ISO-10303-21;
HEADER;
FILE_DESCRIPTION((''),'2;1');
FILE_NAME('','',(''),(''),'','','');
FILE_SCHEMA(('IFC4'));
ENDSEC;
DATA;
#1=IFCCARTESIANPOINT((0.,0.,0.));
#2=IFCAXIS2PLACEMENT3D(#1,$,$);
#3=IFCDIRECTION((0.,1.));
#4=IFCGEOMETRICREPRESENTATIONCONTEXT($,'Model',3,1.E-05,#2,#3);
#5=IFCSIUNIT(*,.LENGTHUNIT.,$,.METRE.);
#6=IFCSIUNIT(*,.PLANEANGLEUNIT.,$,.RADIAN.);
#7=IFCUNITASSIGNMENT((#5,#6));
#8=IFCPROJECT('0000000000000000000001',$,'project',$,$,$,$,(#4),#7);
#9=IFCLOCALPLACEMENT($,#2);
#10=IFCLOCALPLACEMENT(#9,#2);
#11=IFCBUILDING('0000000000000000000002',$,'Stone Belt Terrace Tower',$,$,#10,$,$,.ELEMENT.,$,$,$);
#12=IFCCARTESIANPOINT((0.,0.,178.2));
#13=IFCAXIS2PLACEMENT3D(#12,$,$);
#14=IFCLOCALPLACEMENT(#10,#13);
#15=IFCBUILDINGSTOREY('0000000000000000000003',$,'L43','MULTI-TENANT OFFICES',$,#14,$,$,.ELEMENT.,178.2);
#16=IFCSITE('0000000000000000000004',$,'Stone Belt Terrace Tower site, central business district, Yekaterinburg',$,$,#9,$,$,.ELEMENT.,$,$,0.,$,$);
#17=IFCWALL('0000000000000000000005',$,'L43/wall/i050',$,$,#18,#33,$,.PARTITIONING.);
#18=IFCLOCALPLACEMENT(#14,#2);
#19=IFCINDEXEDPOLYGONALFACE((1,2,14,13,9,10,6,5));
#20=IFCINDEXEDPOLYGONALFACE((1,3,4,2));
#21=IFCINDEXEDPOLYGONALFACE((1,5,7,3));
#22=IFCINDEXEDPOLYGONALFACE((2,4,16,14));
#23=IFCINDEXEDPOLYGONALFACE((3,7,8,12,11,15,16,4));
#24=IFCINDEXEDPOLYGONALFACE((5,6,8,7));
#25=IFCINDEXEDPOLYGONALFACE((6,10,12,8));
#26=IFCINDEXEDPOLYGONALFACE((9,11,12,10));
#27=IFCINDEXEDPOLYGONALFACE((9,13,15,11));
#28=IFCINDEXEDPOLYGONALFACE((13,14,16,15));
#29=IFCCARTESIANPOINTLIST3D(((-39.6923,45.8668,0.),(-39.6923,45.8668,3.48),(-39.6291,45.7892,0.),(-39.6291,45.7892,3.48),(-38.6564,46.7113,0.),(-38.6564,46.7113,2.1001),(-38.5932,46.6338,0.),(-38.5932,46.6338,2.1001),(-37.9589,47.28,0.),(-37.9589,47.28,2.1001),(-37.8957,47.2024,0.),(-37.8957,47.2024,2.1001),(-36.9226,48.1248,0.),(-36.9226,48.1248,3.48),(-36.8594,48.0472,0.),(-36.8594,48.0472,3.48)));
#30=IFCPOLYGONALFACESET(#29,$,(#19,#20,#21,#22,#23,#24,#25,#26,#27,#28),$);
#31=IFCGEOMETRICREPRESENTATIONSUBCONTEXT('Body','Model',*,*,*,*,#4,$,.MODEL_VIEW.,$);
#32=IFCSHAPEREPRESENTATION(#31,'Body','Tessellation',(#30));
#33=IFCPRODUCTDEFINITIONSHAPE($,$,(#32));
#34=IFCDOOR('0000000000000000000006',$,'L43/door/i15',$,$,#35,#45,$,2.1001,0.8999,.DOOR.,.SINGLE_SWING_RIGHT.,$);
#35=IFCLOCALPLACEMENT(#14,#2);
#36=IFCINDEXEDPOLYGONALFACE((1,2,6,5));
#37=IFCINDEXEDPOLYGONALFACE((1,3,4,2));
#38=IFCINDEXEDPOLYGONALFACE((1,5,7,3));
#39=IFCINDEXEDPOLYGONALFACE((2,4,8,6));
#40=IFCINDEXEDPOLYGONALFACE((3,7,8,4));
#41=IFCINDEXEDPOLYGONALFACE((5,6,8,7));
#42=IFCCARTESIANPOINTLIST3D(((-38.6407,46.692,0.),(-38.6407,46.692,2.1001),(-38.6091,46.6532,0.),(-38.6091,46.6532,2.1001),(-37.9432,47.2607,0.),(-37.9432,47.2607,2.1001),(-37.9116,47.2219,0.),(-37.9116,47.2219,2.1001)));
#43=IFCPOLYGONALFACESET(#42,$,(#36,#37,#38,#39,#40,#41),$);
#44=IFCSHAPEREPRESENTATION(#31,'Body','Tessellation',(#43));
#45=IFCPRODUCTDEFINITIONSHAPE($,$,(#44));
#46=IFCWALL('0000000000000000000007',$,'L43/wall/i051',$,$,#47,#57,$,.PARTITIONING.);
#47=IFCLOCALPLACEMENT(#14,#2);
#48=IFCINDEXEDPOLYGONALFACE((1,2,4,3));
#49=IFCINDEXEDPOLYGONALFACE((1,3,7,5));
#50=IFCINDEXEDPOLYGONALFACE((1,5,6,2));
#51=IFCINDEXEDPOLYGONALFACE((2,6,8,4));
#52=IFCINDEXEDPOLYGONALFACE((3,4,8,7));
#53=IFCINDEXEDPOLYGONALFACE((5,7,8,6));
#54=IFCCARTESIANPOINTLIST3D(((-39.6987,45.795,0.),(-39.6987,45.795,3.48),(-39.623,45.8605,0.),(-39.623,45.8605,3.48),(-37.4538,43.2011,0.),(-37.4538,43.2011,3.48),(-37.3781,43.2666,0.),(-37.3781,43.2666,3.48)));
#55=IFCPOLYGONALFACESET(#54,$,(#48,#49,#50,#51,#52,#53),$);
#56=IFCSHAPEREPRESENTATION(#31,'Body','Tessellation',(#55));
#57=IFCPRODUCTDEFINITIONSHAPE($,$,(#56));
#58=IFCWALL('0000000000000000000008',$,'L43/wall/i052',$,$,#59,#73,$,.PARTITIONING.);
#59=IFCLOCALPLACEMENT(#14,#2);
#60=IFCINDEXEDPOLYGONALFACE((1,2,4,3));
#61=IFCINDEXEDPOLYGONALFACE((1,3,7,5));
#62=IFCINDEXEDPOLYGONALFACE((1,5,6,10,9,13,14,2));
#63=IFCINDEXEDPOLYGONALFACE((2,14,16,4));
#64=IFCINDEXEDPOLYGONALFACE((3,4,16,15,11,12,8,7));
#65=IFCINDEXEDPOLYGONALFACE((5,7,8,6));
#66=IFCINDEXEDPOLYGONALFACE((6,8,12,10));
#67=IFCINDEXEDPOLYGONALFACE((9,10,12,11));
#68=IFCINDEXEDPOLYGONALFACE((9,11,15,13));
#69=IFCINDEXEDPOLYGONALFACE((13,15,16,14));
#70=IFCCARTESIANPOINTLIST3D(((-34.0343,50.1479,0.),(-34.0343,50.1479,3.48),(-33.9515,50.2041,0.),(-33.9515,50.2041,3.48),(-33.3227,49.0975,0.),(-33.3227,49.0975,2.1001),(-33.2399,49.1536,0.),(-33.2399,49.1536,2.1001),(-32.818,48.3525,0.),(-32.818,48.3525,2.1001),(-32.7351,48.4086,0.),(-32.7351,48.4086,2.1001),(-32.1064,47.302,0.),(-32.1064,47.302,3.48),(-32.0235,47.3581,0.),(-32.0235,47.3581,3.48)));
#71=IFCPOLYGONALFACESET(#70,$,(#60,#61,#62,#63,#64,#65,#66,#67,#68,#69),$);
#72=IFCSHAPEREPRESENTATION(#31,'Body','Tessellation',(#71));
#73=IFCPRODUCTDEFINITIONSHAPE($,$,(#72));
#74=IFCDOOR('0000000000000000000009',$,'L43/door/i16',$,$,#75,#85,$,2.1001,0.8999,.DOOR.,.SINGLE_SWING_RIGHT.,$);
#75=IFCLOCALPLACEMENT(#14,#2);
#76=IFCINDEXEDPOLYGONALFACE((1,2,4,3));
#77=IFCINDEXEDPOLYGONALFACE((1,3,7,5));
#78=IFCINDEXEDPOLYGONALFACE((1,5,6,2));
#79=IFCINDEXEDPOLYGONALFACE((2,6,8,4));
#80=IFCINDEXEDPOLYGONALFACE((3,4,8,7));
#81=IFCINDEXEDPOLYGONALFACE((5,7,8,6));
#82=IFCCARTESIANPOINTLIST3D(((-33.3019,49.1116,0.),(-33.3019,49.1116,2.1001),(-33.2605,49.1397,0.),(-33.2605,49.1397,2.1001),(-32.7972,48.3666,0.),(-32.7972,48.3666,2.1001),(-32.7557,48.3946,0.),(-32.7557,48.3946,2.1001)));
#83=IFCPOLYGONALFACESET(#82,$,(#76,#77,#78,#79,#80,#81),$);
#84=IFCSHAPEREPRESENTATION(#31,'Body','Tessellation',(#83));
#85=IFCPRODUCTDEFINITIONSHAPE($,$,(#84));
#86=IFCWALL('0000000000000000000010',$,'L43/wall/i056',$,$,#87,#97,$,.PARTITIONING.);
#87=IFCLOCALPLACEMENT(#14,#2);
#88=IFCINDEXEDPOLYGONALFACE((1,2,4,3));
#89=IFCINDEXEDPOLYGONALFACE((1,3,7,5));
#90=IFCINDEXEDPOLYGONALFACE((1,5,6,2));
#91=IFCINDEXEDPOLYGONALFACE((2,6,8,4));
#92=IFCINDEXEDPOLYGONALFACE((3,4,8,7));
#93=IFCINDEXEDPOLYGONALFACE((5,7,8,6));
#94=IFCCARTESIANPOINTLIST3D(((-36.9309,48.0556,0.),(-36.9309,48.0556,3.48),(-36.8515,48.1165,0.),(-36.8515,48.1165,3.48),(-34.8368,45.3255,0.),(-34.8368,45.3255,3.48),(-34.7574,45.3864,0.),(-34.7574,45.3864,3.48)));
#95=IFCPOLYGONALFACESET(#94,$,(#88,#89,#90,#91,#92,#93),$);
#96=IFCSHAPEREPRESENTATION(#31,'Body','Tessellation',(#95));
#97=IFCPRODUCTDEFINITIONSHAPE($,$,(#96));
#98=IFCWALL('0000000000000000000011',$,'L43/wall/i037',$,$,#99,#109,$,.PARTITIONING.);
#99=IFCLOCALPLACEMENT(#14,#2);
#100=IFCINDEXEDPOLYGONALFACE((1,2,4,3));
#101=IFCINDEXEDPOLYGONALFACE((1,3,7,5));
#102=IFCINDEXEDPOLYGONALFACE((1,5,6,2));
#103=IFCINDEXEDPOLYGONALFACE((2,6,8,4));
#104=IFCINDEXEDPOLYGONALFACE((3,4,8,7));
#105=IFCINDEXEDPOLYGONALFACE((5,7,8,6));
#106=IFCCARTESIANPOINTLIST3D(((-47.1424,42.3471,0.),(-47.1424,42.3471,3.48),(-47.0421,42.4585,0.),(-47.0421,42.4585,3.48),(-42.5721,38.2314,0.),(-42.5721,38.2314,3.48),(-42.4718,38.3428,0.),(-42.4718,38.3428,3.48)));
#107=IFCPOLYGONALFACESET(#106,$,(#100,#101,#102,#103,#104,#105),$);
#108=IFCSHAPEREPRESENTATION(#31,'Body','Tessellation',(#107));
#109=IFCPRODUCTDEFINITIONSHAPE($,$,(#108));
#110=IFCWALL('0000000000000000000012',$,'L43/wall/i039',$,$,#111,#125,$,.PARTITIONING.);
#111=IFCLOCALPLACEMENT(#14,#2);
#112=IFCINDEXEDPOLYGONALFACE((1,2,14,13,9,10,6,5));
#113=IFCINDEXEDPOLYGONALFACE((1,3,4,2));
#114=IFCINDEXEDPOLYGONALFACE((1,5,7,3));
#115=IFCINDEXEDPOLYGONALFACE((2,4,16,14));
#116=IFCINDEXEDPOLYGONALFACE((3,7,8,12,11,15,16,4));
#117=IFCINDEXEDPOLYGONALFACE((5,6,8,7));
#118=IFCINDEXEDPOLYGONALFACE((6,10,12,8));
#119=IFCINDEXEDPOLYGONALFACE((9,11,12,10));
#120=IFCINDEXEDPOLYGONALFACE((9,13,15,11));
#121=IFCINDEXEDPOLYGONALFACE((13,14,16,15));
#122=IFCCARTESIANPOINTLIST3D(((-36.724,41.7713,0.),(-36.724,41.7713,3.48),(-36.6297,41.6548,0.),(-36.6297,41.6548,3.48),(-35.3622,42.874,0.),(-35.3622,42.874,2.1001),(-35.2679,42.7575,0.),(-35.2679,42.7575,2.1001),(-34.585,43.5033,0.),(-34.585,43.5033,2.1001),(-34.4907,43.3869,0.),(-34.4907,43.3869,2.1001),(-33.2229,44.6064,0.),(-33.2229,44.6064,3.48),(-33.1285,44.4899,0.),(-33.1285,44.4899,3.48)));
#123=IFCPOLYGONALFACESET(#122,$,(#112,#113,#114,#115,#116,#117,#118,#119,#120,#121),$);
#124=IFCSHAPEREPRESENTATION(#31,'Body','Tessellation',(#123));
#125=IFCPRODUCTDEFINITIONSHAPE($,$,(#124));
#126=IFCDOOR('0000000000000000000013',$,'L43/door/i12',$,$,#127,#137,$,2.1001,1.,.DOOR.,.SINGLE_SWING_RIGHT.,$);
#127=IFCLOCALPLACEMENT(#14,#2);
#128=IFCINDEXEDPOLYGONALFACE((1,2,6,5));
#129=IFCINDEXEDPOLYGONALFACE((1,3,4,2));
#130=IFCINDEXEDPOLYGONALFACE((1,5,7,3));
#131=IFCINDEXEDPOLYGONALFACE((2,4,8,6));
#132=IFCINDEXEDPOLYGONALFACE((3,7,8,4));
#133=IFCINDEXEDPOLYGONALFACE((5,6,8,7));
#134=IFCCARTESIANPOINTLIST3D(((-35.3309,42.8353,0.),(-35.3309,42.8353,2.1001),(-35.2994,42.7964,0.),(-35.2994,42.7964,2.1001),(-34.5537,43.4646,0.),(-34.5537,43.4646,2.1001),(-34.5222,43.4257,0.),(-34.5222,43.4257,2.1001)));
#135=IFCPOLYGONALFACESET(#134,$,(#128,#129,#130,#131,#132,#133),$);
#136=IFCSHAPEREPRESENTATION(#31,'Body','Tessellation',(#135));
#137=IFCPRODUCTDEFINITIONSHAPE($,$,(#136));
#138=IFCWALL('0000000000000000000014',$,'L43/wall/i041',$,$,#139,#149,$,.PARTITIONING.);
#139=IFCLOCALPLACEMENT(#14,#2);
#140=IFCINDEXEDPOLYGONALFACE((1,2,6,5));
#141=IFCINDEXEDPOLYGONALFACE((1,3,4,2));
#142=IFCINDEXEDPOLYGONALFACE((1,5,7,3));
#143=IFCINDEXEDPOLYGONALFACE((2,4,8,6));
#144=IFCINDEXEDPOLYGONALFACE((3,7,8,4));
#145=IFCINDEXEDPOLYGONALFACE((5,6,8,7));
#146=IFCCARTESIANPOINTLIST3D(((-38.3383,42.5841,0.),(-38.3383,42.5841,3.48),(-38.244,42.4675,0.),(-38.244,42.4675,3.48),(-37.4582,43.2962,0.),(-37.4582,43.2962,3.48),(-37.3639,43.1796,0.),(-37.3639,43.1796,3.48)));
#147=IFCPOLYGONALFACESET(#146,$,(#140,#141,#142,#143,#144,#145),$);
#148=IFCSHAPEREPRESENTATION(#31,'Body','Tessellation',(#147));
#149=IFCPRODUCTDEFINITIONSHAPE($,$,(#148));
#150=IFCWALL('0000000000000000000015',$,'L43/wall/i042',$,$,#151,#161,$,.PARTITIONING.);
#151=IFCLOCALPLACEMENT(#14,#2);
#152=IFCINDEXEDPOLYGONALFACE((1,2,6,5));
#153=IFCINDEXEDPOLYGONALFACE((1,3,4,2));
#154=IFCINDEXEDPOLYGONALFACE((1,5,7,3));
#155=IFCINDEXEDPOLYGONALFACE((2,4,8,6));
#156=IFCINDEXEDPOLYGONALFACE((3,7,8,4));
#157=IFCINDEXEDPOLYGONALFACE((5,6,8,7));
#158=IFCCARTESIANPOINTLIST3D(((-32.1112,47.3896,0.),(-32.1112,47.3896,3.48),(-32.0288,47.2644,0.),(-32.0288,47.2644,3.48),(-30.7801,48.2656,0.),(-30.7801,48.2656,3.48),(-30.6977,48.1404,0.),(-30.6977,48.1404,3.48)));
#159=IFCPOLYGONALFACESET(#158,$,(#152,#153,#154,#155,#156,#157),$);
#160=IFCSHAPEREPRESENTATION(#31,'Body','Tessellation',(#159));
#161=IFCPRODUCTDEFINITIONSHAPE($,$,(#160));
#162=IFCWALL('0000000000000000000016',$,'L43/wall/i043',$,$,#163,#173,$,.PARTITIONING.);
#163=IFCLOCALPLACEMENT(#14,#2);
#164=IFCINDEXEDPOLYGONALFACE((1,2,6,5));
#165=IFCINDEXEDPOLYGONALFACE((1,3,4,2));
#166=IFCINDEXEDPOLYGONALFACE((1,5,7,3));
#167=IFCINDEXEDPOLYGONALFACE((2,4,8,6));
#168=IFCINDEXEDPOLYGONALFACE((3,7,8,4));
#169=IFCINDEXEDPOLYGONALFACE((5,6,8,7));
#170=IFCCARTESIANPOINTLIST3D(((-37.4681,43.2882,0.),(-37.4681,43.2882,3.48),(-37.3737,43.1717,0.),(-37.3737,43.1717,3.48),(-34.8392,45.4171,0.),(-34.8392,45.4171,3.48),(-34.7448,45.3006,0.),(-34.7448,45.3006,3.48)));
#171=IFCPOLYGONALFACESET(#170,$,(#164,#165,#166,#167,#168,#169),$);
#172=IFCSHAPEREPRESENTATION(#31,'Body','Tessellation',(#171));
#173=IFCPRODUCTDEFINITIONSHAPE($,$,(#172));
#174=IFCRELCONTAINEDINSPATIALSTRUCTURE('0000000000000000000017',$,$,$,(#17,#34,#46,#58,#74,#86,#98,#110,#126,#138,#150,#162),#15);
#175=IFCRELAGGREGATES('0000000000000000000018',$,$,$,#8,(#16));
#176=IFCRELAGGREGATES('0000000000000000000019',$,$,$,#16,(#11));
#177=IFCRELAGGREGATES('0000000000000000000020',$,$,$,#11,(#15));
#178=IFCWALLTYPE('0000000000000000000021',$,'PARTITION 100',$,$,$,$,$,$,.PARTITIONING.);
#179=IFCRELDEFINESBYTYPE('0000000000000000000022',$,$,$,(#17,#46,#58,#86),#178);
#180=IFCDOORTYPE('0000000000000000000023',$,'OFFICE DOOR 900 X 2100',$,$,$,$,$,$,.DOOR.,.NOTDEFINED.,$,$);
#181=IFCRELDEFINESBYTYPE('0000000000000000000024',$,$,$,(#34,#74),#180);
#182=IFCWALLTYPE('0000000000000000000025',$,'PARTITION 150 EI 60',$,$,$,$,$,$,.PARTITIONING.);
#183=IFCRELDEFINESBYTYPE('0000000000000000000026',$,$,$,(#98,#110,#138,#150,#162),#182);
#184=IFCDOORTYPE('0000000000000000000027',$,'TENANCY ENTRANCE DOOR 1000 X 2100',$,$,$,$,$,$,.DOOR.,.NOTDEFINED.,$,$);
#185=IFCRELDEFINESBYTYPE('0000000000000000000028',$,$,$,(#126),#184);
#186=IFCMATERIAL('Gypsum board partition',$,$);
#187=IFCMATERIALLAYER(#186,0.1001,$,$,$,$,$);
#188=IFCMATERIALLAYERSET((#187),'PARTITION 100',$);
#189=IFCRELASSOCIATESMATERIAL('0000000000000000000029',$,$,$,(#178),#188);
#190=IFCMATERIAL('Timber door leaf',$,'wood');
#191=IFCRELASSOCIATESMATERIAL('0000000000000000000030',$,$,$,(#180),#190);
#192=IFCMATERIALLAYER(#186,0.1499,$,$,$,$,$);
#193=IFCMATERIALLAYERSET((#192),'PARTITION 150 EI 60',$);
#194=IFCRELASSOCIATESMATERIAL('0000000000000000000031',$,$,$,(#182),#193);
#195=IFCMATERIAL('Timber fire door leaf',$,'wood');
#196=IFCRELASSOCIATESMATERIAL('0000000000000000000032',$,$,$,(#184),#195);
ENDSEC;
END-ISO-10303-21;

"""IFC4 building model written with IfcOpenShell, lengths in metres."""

from ifc_helpers import new_model, si_unit, direction, frame, frame_2d, origin, place, context, subcontext, project, spatial, rectangle, extrude, material, layer, layer_set, type_object, element, fill, save


model = new_model("IFC4")

# Units and contexts
model_context = context("Model", 3, precision=1e-05, world=origin(), true_north=direction((0.0, 1.0)))
body_context = subcontext(model_context, "Body", "Model", "MODEL_VIEW")
ifc_project = project(units=[si_unit("LENGTHUNIT", "METRE"), si_unit("PLANEANGLEUNIT", "RADIAN")], contexts=[model_context])

# Site, building, storey
site_placement = place(None, origin())
site = spatial("IfcSite", under=ifc_project, at=site_placement, Name="Stone Belt Terrace Tower site, central business district, Yekaterinburg", CompositionType="ELEMENT", RefElevation=0.0)
building_placement = place(site_placement, origin())
building = spatial("IfcBuilding", under=site, at=building_placement, Name="Stone Belt Terrace Tower", CompositionType="ELEMENT")
storey_placement = place(building_placement, frame((0.0, 0.0, 178.2)))
storey = spatial("IfcBuildingStorey", under=building, at=storey_placement, Name="L43", Description="MULTI-TENANT OFFICES", CompositionType="ELEMENT", Elevation=178.2)

# Wall, opening, door
ifc_material_1 = material(Name="Gypsum board partition")
ifc_layer_1 = layer(ifc_material_1, 0.1001)
ifc_layer_set_1 = layer_set([ifc_layer_1], Name="PARTITION 100")
wall_type_1 = type_object("IfcWallType", Name="PARTITION 100", PredefinedType="PARTITIONING", material=ifc_layer_set_1)
wall_1_placement = place(storey_placement, frame((-36.8911, 48.0859, 0.0), z_axis=(0.0, 0.0, 1.0), x_axis=(-0.77507, -0.631875, 0.0)))
wall_1 = element("IfcWall", 1, at=wall_1_placement, inside=storey, type_object=wall_type_1, Name="L43/wall/i050", PredefinedType="PARTITIONING", context=body_context, shape_type="SweptSolid", body=[
    extrude(rectangle(XDim=3.5735, YDim=0.1001, at=frame_2d((1.7866, 0.0))), origin(), (0.0, 0.0, 1.0), 3.48),
])
opening_1_placement = place(wall_1_placement, frame((1.3369, 0.0, 0.0)))
opening_1 = element("IfcOpeningElement", 2, at=opening_1_placement, cuts=wall_1, PredefinedType="OPENING", context=body_context, shape_type="SweptSolid", body=[
    extrude(rectangle(XDim=0.8999, YDim=2.1001, at=frame_2d((0.45, 1.05))), frame((0.0, 0.0601, 0.0), z_axis=(0.0, -1.0, 0.0), x_axis=(1.0, 0.0, 0.0)), (0.0, 0.0, 1.0), 0.1201),
])
ifc_material_2 = material(Name="Timber door leaf", Category="wood")
door_type_1 = type_object("IfcDoorType", Name="OFFICE DOOR 900 X 2100", OperationType="NOTDEFINED", PredefinedType="DOOR", material=ifc_material_2)
door_1_placement = place(opening_1_placement, origin())
door_1 = element("IfcDoor", 3, at=door_1_placement, inside=storey, type_object=door_type_1, Name="L43/door/i15", OperationType="SINGLE_SWING_RIGHT", OverallHeight=2.1001, OverallWidth=0.8999, PredefinedType="DOOR", context=body_context, shape_type="SweptSolid", body=[
    extrude(rectangle(XDim=0.8999, YDim=2.1001, at=frame_2d((0.45, 1.05))), frame((0.0, 0.0249, 0.0), z_axis=(0.0, -1.0, 0.0), x_axis=(1.0, 0.0, 0.0)), (0.0, 0.0, 1.0), 0.05),
])
fill(opening_1, door_1)

# Wall
wall_2_placement = place(storey_placement, frame((-39.6609, 45.8279, 0.0), z_axis=(0.0, 0.0, 1.0), x_axis=(0.654388, -0.756159, 0.0)))
element("IfcWall", 4, at=wall_2_placement, inside=storey, type_object=wall_type_1, Name="L43/wall/i051", PredefinedType="PARTITIONING", context=body_context, shape_type="SweptSolid", body=[
    extrude(rectangle(XDim=3.4304, YDim=0.1001, at=frame_2d((1.7153, 0.0))), origin(), (0.0, 0.0, 1.0), 3.48),
])

# Wall, opening, door
wall_3_placement = place(storey_placement, frame((-32.0649, 47.3301, 0.0), z_axis=(0.0, 0.0, 1.0), x_axis=(-0.560864, 0.827908, 0.0)))
wall_3 = element("IfcWall", 5, at=wall_3_placement, inside=storey, type_object=wall_type_1, Name="L43/wall/i052", PredefinedType="PARTITIONING", context=body_context, shape_type="SweptSolid", body=[
    extrude(rectangle(XDim=3.4375, YDim=0.1001, at=frame_2d((1.7188, 0.0))), origin(), (0.0, 0.0, 1.0), 3.48),
])
opening_2_placement = place(wall_3_placement, frame((1.2688, 0.0, 0.0)))
opening_2 = element("IfcOpeningElement", 6, at=opening_2_placement, cuts=wall_3, PredefinedType="OPENING", context=body_context, shape_type="SweptSolid", body=[
    extrude(rectangle(XDim=0.8999, YDim=2.1001, at=frame_2d((0.45, 1.05))), frame((0.0, 0.0601, 0.0), z_axis=(0.0, -1.0, 0.0), x_axis=(1.0, 0.0, 0.0)), (0.0, 0.0, 1.0), 0.1201),
])
door_2_placement = place(opening_2_placement, origin())
door_2 = element("IfcDoor", 7, at=door_2_placement, inside=storey, type_object=door_type_1, Name="L43/door/i16", OperationType="SINGLE_SWING_RIGHT", OverallHeight=2.1001, OverallWidth=0.8999, PredefinedType="DOOR", context=body_context, shape_type="SweptSolid", body=[
    extrude(rectangle(XDim=0.8999, YDim=2.1001, at=frame_2d((0.45, 1.05))), frame((0.0, 0.0249, 0.0), z_axis=(0.0, -1.0, 0.0), x_axis=(1.0, 0.0, 0.0)), (0.0, 0.0, 1.0), 0.05),
])
fill(opening_2, door_2)

# Walls
wall_4_placement = place(storey_placement, frame((-36.8911, 48.0859, 0.0), z_axis=(0.0, 0.0, 1.0), x_axis=(0.608616, -0.793465, 0.0)))
element("IfcWall", 8, at=wall_4_placement, inside=storey, type_object=wall_type_1, Name="L43/wall/i056", PredefinedType="PARTITIONING", context=body_context, shape_type="SweptSolid", body=[
    extrude(rectangle(XDim=3.4407, YDim=0.1001, at=frame_2d((1.7202, 0.0))), origin(), (0.0, 0.0, 1.0), 3.48),
])
ifc_layer_2 = layer(ifc_material_1, 0.1499)
ifc_layer_set_2 = layer_set([ifc_layer_2], Name="PARTITION 150 EI 60")
wall_type_2 = type_object("IfcWallType", Name="PARTITION 150 EI 60", PredefinedType="PARTITIONING", material=ifc_layer_set_2)
wall_5_placement = place(storey_placement, frame((-47.0923, 42.4028, 0.0), z_axis=(0.0, 0.0, 1.0), x_axis=(0.743097, -0.669184, 0.0)))
element("IfcWall", 9, at=wall_5_placement, inside=storey, type_object=wall_type_2, Name="L43/wall/i037", PredefinedType="PARTITIONING", context=body_context, shape_type="SweptSolid", body=[
    extrude(rectangle(XDim=6.1504, YDim=0.1499, at=frame_2d((3.0752, 0.0))), origin(), (0.0, 0.0, 1.0), 3.48),
])

# Wall, opening, door
wall_6_placement = place(storey_placement, frame((-33.1758, 44.5481, 0.0), z_axis=(0.0, 0.0, 1.0), x_axis=(-0.777149, -0.629317, 0.0)))
wall_6 = element("IfcWall", 10, at=wall_6_placement, inside=storey, type_object=wall_type_2, Name="L43/wall/i039", PredefinedType="PARTITIONING", context=body_context, shape_type="SweptSolid", body=[
    extrude(rectangle(XDim=4.5051, YDim=0.1499, at=frame_2d((2.2524, 0.0))), origin(), (0.0, 0.0, 1.0), 3.48),
])
opening_3_placement = place(wall_6_placement, frame((1.7527, 0.0, 0.0)))
opening_3 = element("IfcOpeningElement", 11, at=opening_3_placement, cuts=wall_6, PredefinedType="OPENING", context=body_context, shape_type="SweptSolid", body=[
    extrude(rectangle(XDim=1.0, YDim=2.1001, at=frame_2d((0.5, 1.05))), frame((0.0, 0.085, 0.0), z_axis=(0.0, -1.0, 0.0), x_axis=(1.0, 0.0, 0.0)), (0.0, 0.0, 1.0), 0.1699),
])
ifc_material_3 = material(Name="Timber fire door leaf", Category="wood")
door_type_2 = type_object("IfcDoorType", Name="TENANCY ENTRANCE DOOR 1000 X 2100", OperationType="NOTDEFINED", PredefinedType="DOOR", material=ifc_material_3)
door_3_placement = place(opening_3_placement, origin())
door_3 = element("IfcDoor", 12, at=door_3_placement, inside=storey, type_object=door_type_2, Name="L43/door/i12", OperationType="SINGLE_SWING_RIGHT", OverallHeight=2.1001, OverallWidth=1.0, PredefinedType="DOOR", context=body_context, shape_type="SweptSolid", body=[
    extrude(rectangle(XDim=1.0, YDim=2.1001, at=frame_2d((0.5, 1.05))), frame((0.0, 0.0249, 0.0), z_axis=(0.0, -1.0, 0.0), x_axis=(1.0, 0.0, 0.0)), (0.0, 0.0, 1.0), 0.05),
])
fill(opening_3, door_3)

# Walls
wall_7_placement = place(storey_placement, frame((-38.291, 42.5259, 0.0), z_axis=(0.0, 0.0, 1.0), x_axis=(0.777385, 0.629025, 0.0)))
element("IfcWall", 13, at=wall_7_placement, inside=storey, type_object=wall_type_2, Name="L43/wall/i041", PredefinedType="PARTITIONING", context=body_context, shape_type="SweptSolid", body=[
    extrude(rectangle(XDim=1.1321, YDim=0.1499, at=frame_2d((0.5659, 0.0))), origin(), (0.0, 0.0, 1.0), 3.48),
])
wall_8_placement = place(storey_placement, frame((-32.0701, 47.3269, 0.0), z_axis=(0.0, 0.0, 1.0), x_axis=(0.835336, 0.54974, 0.0)))
element("IfcWall", 14, at=wall_8_placement, inside=storey, type_object=wall_type_2, Name="L43/wall/i042", PredefinedType="PARTITIONING", context=body_context, shape_type="SweptSolid", body=[
    extrude(rectangle(XDim=1.5935, YDim=0.1499, at=frame_2d((0.7969, 0.0))), origin(), (0.0, 0.0, 1.0), 3.48),
])
wall_9_placement = place(storey_placement, frame((-37.4209, 43.23, 0.0), z_axis=(0.0, 0.0, 1.0), x_axis=(0.777137, 0.629331, 0.0)))
element("IfcWall", 15, at=wall_9_placement, inside=storey, type_object=wall_type_2, Name="L43/wall/i043", PredefinedType="PARTITIONING", context=body_context, shape_type="SweptSolid", body=[
    extrude(rectangle(XDim=3.3828, YDim=0.1499, at=frame_2d((1.6914, 0.0))), origin(), (0.0, 0.0, 1.0), 3.48),
])

save(model, "model.ifc")
